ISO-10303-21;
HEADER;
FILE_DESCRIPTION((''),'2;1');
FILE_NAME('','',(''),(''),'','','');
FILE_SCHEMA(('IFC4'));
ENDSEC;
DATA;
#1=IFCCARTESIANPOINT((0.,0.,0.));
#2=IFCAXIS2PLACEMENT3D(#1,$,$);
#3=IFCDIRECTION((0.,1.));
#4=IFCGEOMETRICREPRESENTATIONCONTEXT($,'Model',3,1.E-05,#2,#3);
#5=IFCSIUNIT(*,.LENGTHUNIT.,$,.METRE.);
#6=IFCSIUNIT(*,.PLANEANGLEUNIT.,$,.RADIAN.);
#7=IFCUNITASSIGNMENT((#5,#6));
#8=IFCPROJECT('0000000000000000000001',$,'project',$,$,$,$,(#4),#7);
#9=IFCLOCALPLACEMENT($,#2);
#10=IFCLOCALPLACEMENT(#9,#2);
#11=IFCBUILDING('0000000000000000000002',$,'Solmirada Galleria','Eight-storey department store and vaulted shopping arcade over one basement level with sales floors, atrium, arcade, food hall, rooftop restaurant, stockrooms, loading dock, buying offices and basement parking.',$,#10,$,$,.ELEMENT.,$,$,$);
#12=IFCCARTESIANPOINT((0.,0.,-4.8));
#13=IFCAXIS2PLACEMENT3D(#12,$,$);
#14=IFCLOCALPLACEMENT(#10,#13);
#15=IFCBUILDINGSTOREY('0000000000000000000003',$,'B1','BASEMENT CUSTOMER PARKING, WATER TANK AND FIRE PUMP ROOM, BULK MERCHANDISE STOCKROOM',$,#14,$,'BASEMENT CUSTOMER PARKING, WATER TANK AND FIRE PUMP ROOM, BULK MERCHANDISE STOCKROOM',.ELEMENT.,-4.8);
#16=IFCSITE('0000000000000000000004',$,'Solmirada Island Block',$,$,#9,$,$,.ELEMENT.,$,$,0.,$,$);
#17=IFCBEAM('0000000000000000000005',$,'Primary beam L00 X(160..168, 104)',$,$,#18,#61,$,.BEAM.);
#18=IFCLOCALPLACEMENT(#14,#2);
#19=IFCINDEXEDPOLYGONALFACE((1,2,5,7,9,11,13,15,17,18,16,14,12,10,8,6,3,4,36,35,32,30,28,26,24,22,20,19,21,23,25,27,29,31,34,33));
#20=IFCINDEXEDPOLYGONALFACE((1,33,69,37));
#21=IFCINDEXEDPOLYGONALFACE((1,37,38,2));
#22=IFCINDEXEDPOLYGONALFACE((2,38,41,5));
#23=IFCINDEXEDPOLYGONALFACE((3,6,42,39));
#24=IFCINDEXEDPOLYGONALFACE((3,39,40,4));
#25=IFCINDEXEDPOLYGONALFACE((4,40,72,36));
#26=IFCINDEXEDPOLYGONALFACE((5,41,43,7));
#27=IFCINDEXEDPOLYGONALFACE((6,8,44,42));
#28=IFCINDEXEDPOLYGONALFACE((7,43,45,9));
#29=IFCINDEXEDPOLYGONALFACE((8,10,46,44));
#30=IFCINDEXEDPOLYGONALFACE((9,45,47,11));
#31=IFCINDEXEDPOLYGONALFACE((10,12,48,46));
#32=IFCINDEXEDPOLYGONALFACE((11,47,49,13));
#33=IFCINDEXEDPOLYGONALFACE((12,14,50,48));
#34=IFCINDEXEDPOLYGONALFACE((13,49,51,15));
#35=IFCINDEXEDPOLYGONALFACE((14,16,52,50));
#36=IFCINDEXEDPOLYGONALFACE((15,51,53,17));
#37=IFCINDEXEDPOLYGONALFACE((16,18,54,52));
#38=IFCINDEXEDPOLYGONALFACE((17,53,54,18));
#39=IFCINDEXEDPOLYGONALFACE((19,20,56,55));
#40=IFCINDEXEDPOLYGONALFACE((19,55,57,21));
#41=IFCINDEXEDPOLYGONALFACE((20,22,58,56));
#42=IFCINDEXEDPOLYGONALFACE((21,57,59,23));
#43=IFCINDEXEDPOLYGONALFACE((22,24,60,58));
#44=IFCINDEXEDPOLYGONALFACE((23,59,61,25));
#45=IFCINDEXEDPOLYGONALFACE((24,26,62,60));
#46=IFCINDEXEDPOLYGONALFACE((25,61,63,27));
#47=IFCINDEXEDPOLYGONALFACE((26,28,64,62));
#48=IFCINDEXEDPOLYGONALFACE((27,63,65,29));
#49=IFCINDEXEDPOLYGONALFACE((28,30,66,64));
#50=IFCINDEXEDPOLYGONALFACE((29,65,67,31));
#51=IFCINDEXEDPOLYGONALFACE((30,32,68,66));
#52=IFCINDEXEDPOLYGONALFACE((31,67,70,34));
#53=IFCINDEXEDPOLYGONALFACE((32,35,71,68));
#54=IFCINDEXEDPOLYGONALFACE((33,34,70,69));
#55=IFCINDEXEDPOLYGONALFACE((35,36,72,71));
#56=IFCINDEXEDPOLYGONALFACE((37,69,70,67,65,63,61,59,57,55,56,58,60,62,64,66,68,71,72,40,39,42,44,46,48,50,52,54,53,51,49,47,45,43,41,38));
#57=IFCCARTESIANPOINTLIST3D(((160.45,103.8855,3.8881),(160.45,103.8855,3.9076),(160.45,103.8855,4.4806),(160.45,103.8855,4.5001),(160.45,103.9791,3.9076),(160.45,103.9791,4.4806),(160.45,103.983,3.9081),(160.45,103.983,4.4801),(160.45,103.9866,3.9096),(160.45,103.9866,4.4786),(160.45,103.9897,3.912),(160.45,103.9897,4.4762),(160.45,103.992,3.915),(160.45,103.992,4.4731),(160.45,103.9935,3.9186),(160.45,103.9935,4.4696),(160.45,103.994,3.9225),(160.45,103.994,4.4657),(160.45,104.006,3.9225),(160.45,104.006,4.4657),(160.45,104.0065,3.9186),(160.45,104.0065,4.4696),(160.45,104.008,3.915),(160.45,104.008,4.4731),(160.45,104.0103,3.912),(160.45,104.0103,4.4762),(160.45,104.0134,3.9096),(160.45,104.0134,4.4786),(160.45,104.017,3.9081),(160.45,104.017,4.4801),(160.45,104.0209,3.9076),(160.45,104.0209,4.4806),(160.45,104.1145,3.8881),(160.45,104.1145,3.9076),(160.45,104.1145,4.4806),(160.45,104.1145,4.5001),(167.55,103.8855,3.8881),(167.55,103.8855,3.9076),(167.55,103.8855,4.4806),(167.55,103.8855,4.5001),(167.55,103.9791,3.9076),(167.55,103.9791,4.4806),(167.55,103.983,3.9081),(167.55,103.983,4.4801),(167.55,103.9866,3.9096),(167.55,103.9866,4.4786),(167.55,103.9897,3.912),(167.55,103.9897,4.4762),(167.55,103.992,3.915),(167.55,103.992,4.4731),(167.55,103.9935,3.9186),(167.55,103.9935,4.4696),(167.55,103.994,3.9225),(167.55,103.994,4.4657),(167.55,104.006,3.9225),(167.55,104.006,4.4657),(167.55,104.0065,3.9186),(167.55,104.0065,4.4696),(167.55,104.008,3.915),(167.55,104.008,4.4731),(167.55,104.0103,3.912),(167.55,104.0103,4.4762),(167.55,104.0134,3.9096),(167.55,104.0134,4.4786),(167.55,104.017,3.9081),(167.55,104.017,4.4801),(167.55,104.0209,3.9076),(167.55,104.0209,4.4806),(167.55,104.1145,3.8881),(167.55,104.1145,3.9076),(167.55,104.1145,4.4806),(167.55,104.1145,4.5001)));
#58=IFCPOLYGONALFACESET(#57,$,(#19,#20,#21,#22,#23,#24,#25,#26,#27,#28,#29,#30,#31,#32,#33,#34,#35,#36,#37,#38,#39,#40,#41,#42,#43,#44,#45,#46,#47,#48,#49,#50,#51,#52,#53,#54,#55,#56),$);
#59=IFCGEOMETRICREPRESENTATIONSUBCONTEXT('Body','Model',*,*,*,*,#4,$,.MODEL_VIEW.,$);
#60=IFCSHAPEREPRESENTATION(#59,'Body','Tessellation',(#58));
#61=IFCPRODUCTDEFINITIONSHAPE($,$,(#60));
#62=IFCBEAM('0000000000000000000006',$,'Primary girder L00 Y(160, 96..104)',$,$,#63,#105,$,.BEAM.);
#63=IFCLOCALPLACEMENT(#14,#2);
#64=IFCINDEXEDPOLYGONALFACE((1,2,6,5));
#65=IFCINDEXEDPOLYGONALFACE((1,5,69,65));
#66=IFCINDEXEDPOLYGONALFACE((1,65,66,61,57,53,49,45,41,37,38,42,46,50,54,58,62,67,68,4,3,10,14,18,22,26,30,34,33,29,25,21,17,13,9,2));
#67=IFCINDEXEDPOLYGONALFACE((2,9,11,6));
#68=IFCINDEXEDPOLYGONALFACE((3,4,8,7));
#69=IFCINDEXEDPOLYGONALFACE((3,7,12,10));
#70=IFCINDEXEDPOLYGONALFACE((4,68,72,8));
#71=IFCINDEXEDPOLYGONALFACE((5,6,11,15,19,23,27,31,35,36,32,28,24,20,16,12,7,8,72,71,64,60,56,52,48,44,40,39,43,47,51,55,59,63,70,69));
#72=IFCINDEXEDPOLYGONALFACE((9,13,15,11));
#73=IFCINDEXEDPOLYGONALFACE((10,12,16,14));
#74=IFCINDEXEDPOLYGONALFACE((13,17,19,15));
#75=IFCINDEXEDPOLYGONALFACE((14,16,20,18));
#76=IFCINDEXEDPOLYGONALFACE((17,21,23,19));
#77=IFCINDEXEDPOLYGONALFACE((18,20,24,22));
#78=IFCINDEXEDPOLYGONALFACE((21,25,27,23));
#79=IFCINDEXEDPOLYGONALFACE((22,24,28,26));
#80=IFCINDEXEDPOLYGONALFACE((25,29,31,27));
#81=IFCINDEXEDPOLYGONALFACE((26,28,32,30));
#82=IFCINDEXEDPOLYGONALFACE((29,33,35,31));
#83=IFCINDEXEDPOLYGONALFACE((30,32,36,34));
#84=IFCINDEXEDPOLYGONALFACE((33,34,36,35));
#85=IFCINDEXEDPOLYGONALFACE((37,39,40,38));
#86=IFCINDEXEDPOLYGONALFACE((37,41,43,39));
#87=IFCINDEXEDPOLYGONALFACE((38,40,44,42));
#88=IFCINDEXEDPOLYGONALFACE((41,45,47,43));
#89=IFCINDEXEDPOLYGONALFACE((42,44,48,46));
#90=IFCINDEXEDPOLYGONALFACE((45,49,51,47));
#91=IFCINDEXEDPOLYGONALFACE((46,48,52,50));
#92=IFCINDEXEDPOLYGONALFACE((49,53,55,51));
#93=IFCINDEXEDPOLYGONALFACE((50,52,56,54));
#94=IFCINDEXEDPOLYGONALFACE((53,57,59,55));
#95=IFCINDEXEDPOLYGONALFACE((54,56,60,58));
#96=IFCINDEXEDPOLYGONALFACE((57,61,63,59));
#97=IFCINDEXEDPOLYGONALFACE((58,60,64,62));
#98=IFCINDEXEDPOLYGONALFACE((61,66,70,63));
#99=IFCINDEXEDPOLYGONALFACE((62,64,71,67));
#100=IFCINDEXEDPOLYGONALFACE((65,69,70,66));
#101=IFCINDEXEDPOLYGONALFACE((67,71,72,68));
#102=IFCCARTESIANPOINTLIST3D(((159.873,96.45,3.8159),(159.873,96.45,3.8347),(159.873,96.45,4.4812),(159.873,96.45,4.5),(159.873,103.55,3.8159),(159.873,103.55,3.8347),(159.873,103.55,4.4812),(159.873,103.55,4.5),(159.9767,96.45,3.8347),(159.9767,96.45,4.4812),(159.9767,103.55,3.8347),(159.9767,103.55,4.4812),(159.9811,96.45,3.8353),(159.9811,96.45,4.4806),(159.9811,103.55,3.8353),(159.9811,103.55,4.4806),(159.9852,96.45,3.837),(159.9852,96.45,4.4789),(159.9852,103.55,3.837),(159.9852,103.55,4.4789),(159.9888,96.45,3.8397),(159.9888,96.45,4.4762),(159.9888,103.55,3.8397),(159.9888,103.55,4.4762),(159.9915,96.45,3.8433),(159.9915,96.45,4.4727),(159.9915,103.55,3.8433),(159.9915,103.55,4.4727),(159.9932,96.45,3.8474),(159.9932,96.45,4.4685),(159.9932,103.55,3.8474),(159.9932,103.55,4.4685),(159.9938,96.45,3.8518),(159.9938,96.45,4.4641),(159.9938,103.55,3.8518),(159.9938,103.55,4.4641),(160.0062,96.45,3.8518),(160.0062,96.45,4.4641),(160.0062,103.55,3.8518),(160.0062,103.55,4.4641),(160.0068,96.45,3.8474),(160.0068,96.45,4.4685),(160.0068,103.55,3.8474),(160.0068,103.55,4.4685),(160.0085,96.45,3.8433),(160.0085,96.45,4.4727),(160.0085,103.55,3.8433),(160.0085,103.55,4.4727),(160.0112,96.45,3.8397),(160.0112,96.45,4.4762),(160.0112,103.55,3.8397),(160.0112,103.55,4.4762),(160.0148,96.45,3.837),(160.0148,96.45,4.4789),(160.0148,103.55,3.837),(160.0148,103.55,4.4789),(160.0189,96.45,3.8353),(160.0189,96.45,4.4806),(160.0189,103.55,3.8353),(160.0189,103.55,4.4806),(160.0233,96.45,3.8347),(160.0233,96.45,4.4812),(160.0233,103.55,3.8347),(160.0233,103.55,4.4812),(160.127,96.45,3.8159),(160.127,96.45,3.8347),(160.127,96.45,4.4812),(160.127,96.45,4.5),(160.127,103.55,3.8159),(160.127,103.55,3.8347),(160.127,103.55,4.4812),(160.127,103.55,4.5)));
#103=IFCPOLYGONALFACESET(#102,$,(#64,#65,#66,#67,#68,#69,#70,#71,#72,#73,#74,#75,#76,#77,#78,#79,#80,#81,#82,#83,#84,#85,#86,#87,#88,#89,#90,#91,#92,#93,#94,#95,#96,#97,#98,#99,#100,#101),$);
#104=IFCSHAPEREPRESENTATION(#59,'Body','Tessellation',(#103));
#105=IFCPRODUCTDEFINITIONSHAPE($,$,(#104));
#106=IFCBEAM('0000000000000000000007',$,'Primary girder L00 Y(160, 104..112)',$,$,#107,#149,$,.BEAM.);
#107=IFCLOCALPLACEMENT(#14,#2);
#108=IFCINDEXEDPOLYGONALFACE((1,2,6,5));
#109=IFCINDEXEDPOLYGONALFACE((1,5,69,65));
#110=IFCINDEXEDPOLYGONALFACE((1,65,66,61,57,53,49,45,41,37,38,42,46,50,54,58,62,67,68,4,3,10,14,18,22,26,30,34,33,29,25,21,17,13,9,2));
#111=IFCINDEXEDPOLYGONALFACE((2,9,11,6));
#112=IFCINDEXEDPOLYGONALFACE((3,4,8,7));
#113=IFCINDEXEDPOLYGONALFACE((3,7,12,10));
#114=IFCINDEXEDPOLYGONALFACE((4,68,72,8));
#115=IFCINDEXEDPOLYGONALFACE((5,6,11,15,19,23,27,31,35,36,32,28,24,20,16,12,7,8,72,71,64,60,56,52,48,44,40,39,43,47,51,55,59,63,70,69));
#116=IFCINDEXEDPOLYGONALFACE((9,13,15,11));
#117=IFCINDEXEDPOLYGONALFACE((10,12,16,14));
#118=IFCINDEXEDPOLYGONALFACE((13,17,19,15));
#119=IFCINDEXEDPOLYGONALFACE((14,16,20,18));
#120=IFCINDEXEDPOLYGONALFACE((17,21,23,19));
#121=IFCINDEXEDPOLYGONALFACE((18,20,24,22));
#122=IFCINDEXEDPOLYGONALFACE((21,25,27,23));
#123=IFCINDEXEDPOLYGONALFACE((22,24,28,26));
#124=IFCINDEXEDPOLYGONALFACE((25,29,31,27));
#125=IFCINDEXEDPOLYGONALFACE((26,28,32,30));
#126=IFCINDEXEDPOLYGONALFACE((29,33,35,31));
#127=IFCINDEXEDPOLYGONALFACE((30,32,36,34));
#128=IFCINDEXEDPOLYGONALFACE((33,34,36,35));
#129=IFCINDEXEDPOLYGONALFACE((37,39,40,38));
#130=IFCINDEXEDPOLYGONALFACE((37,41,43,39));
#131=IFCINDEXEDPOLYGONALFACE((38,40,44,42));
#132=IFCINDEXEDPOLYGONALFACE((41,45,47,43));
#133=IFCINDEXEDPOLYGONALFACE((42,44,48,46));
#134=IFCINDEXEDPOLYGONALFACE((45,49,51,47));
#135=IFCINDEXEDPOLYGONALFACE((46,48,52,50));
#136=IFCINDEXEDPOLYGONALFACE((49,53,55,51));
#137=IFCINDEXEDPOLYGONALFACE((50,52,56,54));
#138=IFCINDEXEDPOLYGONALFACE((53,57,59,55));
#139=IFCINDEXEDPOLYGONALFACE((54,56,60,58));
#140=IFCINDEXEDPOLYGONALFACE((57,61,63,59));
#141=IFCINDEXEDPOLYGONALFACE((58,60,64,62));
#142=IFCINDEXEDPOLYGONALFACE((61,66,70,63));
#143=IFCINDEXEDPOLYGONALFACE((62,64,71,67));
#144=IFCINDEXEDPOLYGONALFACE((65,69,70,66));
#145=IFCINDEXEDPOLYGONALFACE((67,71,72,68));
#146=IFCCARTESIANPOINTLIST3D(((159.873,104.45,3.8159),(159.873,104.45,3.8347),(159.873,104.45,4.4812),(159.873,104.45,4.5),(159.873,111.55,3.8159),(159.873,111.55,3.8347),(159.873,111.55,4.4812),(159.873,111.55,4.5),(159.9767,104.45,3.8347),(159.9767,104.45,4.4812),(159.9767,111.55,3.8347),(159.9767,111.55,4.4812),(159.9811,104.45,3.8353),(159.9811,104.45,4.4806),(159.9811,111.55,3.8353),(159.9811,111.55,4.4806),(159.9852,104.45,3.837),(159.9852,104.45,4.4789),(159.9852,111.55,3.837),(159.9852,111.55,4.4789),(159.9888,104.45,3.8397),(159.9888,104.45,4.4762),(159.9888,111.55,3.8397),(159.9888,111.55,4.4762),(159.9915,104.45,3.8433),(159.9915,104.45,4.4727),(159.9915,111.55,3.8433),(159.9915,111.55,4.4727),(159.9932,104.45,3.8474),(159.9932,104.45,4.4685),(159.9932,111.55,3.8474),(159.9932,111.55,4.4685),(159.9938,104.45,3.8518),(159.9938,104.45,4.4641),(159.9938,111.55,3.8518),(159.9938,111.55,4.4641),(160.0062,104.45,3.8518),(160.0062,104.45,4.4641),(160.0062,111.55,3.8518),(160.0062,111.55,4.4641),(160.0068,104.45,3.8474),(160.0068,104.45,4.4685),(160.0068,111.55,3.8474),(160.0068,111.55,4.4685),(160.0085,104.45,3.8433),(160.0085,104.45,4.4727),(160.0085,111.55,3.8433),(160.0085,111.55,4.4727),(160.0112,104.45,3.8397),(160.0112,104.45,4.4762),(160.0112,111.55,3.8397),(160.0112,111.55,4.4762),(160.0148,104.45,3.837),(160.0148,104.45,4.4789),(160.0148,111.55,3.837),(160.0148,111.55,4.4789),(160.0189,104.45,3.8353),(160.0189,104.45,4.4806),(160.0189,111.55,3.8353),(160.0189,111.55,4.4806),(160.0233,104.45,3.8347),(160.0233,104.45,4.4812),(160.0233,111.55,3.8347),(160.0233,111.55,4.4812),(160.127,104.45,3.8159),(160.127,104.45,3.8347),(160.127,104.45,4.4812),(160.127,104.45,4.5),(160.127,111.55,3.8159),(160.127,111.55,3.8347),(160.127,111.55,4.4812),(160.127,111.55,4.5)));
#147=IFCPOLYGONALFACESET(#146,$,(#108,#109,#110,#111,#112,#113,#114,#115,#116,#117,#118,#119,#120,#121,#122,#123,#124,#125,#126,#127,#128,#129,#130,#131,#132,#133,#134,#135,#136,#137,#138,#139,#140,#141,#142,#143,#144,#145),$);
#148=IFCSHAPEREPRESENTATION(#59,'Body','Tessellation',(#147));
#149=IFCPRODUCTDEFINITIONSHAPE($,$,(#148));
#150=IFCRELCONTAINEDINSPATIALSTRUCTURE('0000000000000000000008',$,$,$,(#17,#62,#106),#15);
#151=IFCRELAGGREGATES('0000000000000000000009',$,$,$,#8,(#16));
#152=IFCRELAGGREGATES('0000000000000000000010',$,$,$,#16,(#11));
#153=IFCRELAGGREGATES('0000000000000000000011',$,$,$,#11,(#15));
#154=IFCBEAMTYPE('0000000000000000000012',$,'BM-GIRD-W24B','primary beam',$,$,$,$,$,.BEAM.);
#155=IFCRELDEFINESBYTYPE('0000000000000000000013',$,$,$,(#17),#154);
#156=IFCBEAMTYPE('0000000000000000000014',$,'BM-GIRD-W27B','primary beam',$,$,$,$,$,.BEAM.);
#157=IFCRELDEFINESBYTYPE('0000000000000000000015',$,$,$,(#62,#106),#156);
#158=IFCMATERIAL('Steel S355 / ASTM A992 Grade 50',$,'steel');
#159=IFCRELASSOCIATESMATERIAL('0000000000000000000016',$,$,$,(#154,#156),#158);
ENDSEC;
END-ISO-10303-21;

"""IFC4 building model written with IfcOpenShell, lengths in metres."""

from ifc_helpers import new_model, si_unit, direction, frame, origin, origin_2d, place, context, subcontext, project, spatial, i_section, extrude, material, material_profile, profile_set, type_object, element, save


model = new_model("IFC4")

# Units and contexts
model_context = context("Model", 3, precision=1e-05, world=origin(), true_north=direction((0.0, 1.0)))
body_context = subcontext(model_context, "Body", "Model", "MODEL_VIEW")
ifc_project = project(units=[si_unit("LENGTHUNIT", "METRE"), si_unit("PLANEANGLEUNIT", "RADIAN")], contexts=[model_context])

# Site, building, storey
site_placement = place(None, origin())
site = spatial("IfcSite", under=ifc_project, at=site_placement, Name="Solmirada Island Block", CompositionType="ELEMENT", RefElevation=0.0)
building_placement = place(site_placement, origin())
building = spatial("IfcBuilding", under=site, at=building_placement, Name="Solmirada Galleria", Description="Eight-storey department store and vaulted shopping arcade over one basement level with sales floors, atrium, arcade, food hall, rooftop restaurant, stockrooms, loading dock, buying offices and basement parking.", CompositionType="ELEMENT")
storey_placement = place(building_placement, frame((0.0, 0.0, -4.8)))
storey = spatial("IfcBuildingStorey", under=building, at=storey_placement, Name="B1", Description="BASEMENT CUSTOMER PARKING, WATER TANK AND FIRE PUMP ROOM, BULK MERCHANDISE STOCKROOM", LongName="BASEMENT CUSTOMER PARKING, WATER TANK AND FIRE PUMP ROOM, BULK MERCHANDISE STOCKROOM", CompositionType="ELEMENT", Elevation=-4.8)

# Beams
ifc_material_1 = material(Name="Steel S355 / ASTM A992 Grade 50", Category="steel")
ifc_material_profile_1 = material_profile(ifc_material_1, i_section(OverallWidth=0.229, OverallDepth=0.6121, WebThickness=0.012, FlangeThickness=0.0195, FilletRadius=0.0149, at=origin_2d()), Name="W24X84")
ifc_profile_set_1 = profile_set([ifc_material_profile_1], Name="Steel S355 / ASTM A992 Grade 50")
beam_type_1 = type_object("IfcBeamType", Name="BM-GIRD-W24B", Description="primary beam", PredefinedType="BEAM", material=ifc_profile_set_1)
for number, where, z_axis, x_axis, name in (
    (1, (160.45, 104.0, 4.1941), (1.0, 0.0, 0.0), (0.0, 1.0, 0.0), "Primary beam L00 X(160..168, 104)"),
):
    element("IfcBeam", number, at=place(storey_placement, frame(where, z_axis=z_axis, x_axis=x_axis)), inside=storey, type_object=beam_type_1, Name=name, PredefinedType="BEAM", context=body_context, shape_type="SweptSolid", body=[
        extrude(i_section(OverallWidth=0.229, OverallDepth=0.6121, WebThickness=0.012, FlangeThickness=0.0195, FilletRadius=0.0149, at=origin_2d()), origin(), (0.0, 0.0, 1.0), 7.1001),
    ])
ifc_material_profile_2 = material_profile(ifc_material_1, i_section(OverallWidth=0.2539, OverallDepth=0.6841, WebThickness=0.0125, FlangeThickness=0.0188, FilletRadius=0.0171, at=origin_2d()), Name="W27X94")
ifc_profile_set_2 = profile_set([ifc_material_profile_2], Name="Steel S355 / ASTM A992 Grade 50")
beam_type_2 = type_object("IfcBeamType", Name="BM-GIRD-W27B", Description="primary beam", PredefinedType="BEAM", material=ifc_profile_set_2)
for number, where, z_axis, x_axis, name in (
    (2, (160.0, 96.45, 4.158), (0.0, 1.0, 0.0), (-1.0, 0.0, 0.0), "Primary girder L00 Y(160, 96..104)"),
    (3, (160.0, 104.45, 4.158), (0.0, 1.0, 0.0), (-1.0, 0.0, 0.0), "Primary girder L00 Y(160, 104..112)"),
):
    element("IfcBeam", number, at=place(storey_placement, frame(where, z_axis=z_axis, x_axis=x_axis)), inside=storey, type_object=beam_type_2, Name=name, PredefinedType="BEAM", context=body_context, shape_type="SweptSolid", body=[
        extrude(i_section(OverallWidth=0.2539, OverallDepth=0.6841, WebThickness=0.0125, FlangeThickness=0.0188, FilletRadius=0.0171, at=origin_2d()), origin(), (0.0, 0.0, 1.0), 7.1001),
    ])

save(model, "model.ifc")
